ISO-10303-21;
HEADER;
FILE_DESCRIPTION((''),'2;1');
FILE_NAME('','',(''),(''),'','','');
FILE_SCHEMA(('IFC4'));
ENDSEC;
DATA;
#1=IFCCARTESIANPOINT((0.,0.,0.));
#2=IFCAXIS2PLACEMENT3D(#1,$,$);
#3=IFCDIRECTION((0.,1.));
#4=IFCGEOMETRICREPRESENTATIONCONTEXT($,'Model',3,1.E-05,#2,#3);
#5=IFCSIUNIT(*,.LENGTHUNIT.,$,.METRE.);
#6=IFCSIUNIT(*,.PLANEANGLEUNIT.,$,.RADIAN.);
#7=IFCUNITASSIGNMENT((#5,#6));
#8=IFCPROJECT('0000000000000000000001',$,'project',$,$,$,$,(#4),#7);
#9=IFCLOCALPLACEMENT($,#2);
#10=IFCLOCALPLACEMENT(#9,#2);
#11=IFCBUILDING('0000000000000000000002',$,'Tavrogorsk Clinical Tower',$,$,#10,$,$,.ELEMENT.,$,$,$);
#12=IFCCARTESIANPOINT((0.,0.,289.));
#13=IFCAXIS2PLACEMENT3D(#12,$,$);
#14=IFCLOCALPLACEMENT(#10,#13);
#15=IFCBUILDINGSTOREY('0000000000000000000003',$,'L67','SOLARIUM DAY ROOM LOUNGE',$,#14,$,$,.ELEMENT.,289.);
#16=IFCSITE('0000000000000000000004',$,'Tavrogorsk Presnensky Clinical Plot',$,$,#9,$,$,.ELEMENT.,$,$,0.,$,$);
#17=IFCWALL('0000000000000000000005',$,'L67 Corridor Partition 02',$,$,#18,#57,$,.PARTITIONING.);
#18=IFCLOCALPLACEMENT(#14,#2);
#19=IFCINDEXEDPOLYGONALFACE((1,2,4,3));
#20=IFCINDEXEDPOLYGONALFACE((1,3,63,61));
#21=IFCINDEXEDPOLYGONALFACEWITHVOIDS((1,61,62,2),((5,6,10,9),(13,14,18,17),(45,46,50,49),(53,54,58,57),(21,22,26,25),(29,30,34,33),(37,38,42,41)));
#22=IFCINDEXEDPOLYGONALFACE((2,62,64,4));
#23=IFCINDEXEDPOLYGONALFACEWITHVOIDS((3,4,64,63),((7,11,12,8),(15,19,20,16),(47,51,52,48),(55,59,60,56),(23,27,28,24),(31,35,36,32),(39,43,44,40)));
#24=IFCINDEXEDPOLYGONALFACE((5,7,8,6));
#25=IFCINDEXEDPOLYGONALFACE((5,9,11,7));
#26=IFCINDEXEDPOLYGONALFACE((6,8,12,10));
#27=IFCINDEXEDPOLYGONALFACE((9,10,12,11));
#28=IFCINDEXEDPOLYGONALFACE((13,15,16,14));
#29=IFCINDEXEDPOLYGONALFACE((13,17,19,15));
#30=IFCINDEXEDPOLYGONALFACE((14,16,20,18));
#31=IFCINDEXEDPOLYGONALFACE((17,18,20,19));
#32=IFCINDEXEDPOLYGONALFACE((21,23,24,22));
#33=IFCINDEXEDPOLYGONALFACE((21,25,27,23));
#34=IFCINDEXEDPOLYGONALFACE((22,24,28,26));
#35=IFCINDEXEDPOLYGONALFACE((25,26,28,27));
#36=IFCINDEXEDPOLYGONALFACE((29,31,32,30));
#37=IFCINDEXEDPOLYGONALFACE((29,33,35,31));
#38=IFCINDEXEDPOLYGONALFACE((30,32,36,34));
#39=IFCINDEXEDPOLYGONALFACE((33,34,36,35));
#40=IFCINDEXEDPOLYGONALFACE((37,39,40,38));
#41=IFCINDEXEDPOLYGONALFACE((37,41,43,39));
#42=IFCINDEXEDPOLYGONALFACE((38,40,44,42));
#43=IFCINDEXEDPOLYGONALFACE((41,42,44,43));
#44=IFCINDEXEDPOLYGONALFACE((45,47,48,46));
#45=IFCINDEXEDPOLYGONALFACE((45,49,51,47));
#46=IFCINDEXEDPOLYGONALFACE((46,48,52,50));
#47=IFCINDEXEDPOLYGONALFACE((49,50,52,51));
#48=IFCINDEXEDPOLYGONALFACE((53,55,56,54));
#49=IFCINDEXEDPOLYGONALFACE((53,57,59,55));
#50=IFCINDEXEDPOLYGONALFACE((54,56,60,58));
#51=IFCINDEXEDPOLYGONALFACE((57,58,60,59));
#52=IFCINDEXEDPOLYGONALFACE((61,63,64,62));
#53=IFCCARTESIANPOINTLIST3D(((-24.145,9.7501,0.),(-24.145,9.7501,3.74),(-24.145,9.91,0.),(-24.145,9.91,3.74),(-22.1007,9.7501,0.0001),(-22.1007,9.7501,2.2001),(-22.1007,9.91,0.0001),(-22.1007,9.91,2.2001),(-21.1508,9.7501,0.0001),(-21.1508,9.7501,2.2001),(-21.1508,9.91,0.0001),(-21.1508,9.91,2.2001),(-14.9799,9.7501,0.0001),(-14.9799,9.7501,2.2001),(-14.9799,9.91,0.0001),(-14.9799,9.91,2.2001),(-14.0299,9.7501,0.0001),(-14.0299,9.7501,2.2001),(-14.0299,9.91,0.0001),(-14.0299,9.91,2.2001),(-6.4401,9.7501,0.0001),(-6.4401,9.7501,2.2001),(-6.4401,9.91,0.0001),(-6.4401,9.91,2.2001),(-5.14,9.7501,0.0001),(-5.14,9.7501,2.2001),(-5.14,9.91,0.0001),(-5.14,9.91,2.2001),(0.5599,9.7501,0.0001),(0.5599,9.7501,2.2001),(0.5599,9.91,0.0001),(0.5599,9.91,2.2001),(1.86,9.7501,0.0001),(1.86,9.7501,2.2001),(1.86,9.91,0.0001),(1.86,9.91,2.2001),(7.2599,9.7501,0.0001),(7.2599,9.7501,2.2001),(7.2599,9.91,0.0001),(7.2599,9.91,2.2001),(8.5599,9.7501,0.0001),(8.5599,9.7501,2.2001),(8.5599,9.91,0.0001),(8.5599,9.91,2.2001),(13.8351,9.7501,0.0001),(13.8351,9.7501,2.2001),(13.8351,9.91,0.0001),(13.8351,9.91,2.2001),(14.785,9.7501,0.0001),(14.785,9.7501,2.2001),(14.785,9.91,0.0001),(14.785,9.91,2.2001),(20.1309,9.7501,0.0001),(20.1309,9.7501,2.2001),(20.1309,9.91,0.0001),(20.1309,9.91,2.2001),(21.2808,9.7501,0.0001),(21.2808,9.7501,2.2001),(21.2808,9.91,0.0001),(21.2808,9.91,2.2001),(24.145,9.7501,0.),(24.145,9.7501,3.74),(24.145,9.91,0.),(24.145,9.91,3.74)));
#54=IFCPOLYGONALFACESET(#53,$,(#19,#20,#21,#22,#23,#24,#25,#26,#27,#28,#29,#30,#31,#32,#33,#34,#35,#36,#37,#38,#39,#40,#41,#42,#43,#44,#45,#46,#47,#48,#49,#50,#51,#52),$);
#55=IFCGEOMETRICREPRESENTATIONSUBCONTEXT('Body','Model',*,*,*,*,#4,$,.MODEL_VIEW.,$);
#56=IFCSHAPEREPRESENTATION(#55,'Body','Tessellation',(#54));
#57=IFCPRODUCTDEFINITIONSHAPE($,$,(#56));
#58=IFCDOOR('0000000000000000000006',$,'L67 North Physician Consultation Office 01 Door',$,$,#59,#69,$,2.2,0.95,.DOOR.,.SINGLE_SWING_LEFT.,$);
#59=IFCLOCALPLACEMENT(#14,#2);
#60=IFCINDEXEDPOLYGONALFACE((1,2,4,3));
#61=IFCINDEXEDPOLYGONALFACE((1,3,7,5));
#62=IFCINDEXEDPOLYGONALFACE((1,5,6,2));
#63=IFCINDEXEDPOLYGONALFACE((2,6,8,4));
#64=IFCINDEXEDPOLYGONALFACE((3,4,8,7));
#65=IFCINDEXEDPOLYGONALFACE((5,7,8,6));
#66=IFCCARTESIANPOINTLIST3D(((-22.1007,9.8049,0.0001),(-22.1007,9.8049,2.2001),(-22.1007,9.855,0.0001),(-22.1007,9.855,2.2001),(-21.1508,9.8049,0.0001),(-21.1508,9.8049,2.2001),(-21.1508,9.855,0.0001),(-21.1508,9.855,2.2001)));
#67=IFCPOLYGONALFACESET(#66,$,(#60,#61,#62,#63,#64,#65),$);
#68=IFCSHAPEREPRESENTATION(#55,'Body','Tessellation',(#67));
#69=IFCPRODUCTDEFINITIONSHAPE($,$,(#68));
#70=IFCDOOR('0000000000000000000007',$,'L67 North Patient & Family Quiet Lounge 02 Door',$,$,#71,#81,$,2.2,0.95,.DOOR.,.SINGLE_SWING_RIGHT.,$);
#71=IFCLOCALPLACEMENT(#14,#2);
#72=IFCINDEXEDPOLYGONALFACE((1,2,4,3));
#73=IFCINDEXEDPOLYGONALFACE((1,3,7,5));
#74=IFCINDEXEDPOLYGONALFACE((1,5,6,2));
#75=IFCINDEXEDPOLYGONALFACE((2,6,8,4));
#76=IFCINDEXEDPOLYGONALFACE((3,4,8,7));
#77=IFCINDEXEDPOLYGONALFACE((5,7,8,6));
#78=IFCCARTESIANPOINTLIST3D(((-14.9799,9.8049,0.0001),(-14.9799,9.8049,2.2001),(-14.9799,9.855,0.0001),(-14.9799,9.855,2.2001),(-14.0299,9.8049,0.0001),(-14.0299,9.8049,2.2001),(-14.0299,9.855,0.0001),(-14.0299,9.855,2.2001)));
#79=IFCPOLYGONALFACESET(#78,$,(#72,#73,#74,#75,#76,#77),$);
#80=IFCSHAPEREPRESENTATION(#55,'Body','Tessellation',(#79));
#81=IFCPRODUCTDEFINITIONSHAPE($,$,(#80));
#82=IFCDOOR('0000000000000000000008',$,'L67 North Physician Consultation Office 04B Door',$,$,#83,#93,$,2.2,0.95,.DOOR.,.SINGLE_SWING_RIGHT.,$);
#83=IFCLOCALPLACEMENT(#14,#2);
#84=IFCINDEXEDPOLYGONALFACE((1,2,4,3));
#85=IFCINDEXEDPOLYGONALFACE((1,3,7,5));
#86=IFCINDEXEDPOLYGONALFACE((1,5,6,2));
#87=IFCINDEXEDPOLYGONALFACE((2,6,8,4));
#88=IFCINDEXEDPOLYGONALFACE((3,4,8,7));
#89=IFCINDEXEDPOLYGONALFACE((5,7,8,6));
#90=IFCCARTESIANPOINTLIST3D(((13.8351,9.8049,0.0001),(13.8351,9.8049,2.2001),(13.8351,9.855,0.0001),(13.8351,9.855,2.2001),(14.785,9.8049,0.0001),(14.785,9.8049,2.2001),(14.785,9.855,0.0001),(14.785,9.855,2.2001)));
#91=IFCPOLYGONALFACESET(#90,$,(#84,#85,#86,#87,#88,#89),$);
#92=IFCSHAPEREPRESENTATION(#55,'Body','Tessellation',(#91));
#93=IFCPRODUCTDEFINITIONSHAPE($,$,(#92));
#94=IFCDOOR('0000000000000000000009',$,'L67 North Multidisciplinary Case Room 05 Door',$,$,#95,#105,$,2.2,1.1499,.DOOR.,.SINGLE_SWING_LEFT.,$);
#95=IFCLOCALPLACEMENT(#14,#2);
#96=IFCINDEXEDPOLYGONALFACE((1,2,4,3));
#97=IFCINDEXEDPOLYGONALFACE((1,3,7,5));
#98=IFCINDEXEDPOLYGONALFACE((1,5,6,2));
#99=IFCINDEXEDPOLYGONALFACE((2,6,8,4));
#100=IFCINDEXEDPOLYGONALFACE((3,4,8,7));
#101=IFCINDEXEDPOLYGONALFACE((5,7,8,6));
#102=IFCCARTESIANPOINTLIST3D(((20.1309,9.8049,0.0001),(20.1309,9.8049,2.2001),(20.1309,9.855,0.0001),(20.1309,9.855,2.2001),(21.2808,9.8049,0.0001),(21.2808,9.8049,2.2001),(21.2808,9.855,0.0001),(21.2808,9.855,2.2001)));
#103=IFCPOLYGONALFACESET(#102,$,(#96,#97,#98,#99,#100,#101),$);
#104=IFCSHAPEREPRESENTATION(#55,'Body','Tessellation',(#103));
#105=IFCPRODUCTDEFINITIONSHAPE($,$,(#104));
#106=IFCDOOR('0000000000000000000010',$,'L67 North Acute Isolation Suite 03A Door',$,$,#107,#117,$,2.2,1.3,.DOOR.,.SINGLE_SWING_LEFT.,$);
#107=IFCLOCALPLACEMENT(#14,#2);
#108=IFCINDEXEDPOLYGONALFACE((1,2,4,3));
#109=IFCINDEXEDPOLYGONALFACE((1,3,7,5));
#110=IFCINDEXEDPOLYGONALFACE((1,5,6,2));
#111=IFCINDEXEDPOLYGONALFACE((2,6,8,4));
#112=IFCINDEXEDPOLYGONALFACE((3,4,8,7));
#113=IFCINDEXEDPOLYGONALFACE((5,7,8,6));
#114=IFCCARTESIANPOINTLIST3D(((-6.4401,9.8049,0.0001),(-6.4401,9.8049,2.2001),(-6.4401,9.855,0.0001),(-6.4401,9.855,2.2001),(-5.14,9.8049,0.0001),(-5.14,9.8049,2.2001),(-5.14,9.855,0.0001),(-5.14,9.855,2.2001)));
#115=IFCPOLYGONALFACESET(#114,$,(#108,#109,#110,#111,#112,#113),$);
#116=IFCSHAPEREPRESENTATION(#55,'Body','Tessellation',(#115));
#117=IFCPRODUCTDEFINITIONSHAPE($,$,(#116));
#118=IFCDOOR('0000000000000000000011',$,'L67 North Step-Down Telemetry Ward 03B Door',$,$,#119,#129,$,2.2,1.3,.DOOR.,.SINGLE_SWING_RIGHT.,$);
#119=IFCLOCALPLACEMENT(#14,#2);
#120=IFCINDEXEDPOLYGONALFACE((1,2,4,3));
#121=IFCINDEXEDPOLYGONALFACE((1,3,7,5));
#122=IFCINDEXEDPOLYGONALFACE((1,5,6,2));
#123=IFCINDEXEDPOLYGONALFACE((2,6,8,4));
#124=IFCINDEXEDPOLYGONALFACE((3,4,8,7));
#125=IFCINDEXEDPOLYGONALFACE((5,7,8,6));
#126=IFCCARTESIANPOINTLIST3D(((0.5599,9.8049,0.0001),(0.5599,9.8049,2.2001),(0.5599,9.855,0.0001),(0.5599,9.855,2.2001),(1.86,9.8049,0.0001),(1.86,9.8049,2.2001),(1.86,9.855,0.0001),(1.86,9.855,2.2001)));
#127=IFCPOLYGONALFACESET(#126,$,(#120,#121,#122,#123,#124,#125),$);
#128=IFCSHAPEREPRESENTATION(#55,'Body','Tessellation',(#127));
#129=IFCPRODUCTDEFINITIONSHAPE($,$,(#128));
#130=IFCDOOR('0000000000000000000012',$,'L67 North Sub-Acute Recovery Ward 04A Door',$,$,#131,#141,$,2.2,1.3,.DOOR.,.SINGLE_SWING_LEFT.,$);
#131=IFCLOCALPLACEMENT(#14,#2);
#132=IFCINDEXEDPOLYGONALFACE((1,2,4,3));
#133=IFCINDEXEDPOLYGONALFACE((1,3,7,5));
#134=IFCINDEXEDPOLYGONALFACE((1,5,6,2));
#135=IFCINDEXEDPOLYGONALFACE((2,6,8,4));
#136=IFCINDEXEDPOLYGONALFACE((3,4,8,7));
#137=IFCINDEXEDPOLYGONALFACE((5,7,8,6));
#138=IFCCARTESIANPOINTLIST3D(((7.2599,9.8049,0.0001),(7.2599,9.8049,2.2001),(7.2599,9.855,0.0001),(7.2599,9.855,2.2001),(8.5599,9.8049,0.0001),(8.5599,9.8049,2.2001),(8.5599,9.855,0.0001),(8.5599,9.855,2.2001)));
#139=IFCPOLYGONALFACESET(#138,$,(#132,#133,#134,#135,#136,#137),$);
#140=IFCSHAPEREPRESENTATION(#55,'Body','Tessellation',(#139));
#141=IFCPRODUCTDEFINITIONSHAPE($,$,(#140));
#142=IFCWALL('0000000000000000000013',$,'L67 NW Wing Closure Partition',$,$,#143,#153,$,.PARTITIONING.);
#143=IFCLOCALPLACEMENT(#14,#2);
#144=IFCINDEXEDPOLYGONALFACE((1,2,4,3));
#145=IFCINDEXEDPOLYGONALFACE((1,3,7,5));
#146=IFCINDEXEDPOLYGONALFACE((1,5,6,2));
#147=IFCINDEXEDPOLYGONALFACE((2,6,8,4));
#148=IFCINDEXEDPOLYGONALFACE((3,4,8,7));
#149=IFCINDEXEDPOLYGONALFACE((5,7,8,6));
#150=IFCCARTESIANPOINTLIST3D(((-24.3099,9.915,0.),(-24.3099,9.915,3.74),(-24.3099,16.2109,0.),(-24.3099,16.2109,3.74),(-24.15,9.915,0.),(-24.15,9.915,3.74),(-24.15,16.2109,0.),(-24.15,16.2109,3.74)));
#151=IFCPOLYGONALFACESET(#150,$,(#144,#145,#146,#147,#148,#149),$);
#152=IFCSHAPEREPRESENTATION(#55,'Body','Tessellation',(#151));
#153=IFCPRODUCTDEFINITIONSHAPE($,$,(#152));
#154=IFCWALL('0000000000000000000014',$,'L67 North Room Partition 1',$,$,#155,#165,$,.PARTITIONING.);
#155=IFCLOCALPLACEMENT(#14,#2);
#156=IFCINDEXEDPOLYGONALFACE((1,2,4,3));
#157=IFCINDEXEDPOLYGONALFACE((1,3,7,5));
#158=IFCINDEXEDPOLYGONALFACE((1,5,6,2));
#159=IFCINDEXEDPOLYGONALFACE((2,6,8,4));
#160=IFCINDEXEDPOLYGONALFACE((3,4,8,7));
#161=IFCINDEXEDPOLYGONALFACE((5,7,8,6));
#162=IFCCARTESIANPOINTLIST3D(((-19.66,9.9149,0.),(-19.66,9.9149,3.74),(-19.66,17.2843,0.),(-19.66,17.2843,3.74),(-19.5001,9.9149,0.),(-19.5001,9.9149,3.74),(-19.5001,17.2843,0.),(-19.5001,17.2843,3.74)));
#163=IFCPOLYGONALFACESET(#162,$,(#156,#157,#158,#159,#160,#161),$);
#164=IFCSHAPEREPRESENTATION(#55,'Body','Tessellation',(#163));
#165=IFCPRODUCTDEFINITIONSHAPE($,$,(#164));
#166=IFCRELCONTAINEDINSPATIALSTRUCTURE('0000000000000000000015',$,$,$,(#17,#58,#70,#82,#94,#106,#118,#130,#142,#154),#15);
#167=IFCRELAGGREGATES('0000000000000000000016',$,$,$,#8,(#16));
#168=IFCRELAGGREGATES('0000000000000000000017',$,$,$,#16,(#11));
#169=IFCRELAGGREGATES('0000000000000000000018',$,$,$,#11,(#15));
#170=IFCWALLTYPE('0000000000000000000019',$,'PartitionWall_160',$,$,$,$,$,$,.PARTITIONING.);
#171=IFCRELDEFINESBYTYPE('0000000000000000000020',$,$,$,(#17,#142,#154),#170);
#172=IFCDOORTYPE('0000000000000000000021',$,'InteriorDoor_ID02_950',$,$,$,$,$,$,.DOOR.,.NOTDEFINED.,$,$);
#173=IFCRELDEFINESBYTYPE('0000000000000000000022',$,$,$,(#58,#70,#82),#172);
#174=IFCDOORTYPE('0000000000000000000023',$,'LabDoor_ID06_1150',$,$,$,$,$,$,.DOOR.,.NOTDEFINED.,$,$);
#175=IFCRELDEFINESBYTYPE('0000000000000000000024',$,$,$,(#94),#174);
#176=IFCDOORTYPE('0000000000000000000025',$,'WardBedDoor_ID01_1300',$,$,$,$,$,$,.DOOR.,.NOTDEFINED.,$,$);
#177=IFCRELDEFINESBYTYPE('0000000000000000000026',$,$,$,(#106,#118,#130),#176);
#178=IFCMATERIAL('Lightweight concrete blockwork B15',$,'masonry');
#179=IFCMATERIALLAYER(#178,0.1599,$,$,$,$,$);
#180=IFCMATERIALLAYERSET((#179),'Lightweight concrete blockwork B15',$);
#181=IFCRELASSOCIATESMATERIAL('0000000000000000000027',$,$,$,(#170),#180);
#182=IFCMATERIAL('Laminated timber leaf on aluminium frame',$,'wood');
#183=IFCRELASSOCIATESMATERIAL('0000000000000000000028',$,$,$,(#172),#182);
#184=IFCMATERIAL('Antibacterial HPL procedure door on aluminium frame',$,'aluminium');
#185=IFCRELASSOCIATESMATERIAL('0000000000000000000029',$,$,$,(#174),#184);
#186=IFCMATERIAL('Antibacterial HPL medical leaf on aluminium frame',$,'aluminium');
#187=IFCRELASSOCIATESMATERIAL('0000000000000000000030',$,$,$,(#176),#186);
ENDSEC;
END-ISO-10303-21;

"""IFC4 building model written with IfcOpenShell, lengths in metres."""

from ifc_helpers import new_model, si_unit, direction, frame, frame_2d, origin, place, context, subcontext, project, spatial, rectangle, extrude, material, layer, layer_set, type_object, element, fill, save


model = new_model("IFC4")

# Units and contexts
model_context = context("Model", 3, precision=1e-05, world=origin(), true_north=direction((0.0, 1.0)))
body_context = subcontext(model_context, "Body", "Model", "MODEL_VIEW")
ifc_project = project(units=[si_unit("LENGTHUNIT", "METRE"), si_unit("PLANEANGLEUNIT", "RADIAN")], contexts=[model_context])

# Site, building, storey
site_placement = place(None, origin())
site = spatial("IfcSite", under=ifc_project, at=site_placement, Name="Tavrogorsk Presnensky Clinical Plot", CompositionType="ELEMENT", RefElevation=0.0)
building_placement = place(site_placement, origin())
building = spatial("IfcBuilding", under=site, at=building_placement, Name="Tavrogorsk Clinical Tower", CompositionType="ELEMENT")
storey_placement = place(building_placement, frame((0.0, 0.0, 289.0)))
storey = spatial("IfcBuildingStorey", under=building, at=storey_placement, Name="L67", Description="SOLARIUM DAY ROOM LOUNGE", CompositionType="ELEMENT", Elevation=289.0)

# Wall, openings, doors
ifc_material_1 = material(Name="Lightweight concrete blockwork B15", Category="masonry")
ifc_layer = layer(ifc_material_1, 0.1599)
ifc_layer_set = layer_set([ifc_layer], Name="Lightweight concrete blockwork B15")
wall_type = type_object("IfcWallType", Name="PartitionWall_160", PredefinedType="PARTITIONING", material=ifc_layer_set)
wall_1_placement = place(storey_placement, frame((-24.145, 9.8301, 0.0), z_axis=(0.0, 0.0, 1.0), x_axis=(1.0, 0.0, 0.0)))
wall_1 = element("IfcWall", 1, at=wall_1_placement, inside=storey, type_object=wall_type, Name="L67 Corridor Partition 02", PredefinedType="PARTITIONING", context=body_context, shape_type="SweptSolid", body=[
    extrude(rectangle(XDim=48.29, YDim=0.1599, at=frame_2d((24.145, 0.0))), origin(), (0.0, 0.0, 1.0), 3.74),
])
opening_1_placement = place(wall_1_placement, frame((2.0442, 0.0, 0.0)))
opening_1 = element("IfcOpeningElement", 2, at=opening_1_placement, cuts=wall_1, PredefinedType="OPENING", context=body_context, shape_type="SweptSolid", body=[
    extrude(rectangle(XDim=0.95, YDim=2.2, at=frame_2d((0.4751, 1.1001))), frame((0.0, 0.0898, 0.0), z_axis=(0.0, -1.0, 0.0), x_axis=(1.0, 0.0, 0.0)), (0.0, 0.0, 1.0), 0.1799),
])
opening_2_placement = place(wall_1_placement, frame((9.165, 0.0, 0.0)))
opening_2 = element("IfcOpeningElement", 3, at=opening_2_placement, cuts=wall_1, PredefinedType="OPENING", context=body_context, shape_type="SweptSolid", body=[
    extrude(rectangle(XDim=0.95, YDim=2.2, at=frame_2d((0.4751, 1.1001))), frame((0.0, 0.0898, 0.0), z_axis=(0.0, -1.0, 0.0), x_axis=(1.0, 0.0, 0.0)), (0.0, 0.0, 1.0), 0.1799),
])
opening_3_placement = place(wall_1_placement, frame((17.7051, 0.0, 0.0)))
opening_3 = element("IfcOpeningElement", 4, at=opening_3_placement, cuts=wall_1, PredefinedType="OPENING", context=body_context, shape_type="SweptSolid", body=[
    extrude(rectangle(XDim=1.3, YDim=2.2, at=frame_2d((0.6499, 1.1001))), frame((0.0, 0.0898, 0.0), z_axis=(0.0, -1.0, 0.0), x_axis=(1.0, 0.0, 0.0)), (0.0, 0.0, 1.0), 0.1799),
])
opening_4_placement = place(wall_1_placement, frame((24.7051, 0.0, 0.0)))
opening_4 = element("IfcOpeningElement", 5, at=opening_4_placement, cuts=wall_1, PredefinedType="OPENING", context=body_context, shape_type="SweptSolid", body=[
    extrude(rectangle(XDim=1.3, YDim=2.2, at=frame_2d((0.6499, 1.1001))), frame((0.0, 0.0898, 0.0), z_axis=(0.0, -1.0, 0.0), x_axis=(1.0, 0.0, 0.0)), (0.0, 0.0, 1.0), 0.1799),
])
opening_5_placement = place(wall_1_placement, frame((31.405, 0.0, 0.0)))
opening_5 = element("IfcOpeningElement", 6, at=opening_5_placement, cuts=wall_1, PredefinedType="OPENING", context=body_context, shape_type="SweptSolid", body=[
    extrude(rectangle(XDim=1.3, YDim=2.2, at=frame_2d((0.6499, 1.1001))), frame((0.0, 0.0898, 0.0), z_axis=(0.0, -1.0, 0.0), x_axis=(1.0, 0.0, 0.0)), (0.0, 0.0, 1.0), 0.1799),
])
opening_6_placement = place(wall_1_placement, frame((37.98, 0.0, 0.0)))
opening_6 = element("IfcOpeningElement", 7, at=opening_6_placement, cuts=wall_1, PredefinedType="OPENING", context=body_context, shape_type="SweptSolid", body=[
    extrude(rectangle(XDim=0.95, YDim=2.2, at=frame_2d((0.4751, 1.1001))), frame((0.0, 0.0898, 0.0), z_axis=(0.0, -1.0, 0.0), x_axis=(1.0, 0.0, 0.0)), (0.0, 0.0, 1.0), 0.1799),
])
opening_7_placement = place(wall_1_placement, frame((44.2759, 0.0, 0.0)))
opening_7 = element("IfcOpeningElement", 8, at=opening_7_placement, cuts=wall_1, PredefinedType="OPENING", context=body_context, shape_type="SweptSolid", body=[
    extrude(rectangle(XDim=1.1499, YDim=2.2, at=frame_2d((0.575, 1.1001))), frame((0.0, 0.0898, 0.0), z_axis=(0.0, -1.0, 0.0), x_axis=(1.0, 0.0, 0.0)), (0.0, 0.0, 1.0), 0.1799),
])
ifc_material_2 = material(Name="Laminated timber leaf on aluminium frame", Category="wood")
door_type_1 = type_object("IfcDoorType", Name="InteriorDoor_ID02_950", OperationType="NOTDEFINED", PredefinedType="DOOR", material=ifc_material_2)
door_1_placement = place(opening_1_placement, origin())
door_1 = element("IfcDoor", 9, at=door_1_placement, inside=storey, type_object=door_type_1, Name="L67 North Physician Consultation Office 01 Door", OperationType="SINGLE_SWING_LEFT", OverallHeight=2.2, OverallWidth=0.95, PredefinedType="DOOR", context=body_context, shape_type="SweptSolid", body=[
    extrude(rectangle(XDim=0.95, YDim=2.2, at=frame_2d((0.4751, 1.1001))), frame((0.0, 0.0249, 0.0), z_axis=(0.0, -1.0, 0.0), x_axis=(1.0, 0.0, 0.0)), (0.0, 0.0, 1.0), 0.05),
])
fill(opening_1, door_1)
door_2_placement = place(opening_2_placement, origin())
door_2 = element("IfcDoor", 10, at=door_2_placement, inside=storey, type_object=door_type_1, Name="L67 North Patient & Family Quiet Lounge 02 Door", OperationType="SINGLE_SWING_RIGHT", OverallHeight=2.2, OverallWidth=0.95, PredefinedType="DOOR", context=body_context, shape_type="SweptSolid", body=[
    extrude(rectangle(XDim=0.95, YDim=2.2, at=frame_2d((0.4751, 1.1001))), frame((0.0, 0.0249, 0.0), z_axis=(0.0, -1.0, 0.0), x_axis=(1.0, 0.0, 0.0)), (0.0, 0.0, 1.0), 0.05),
])
fill(opening_2, door_2)
door_3_placement = place(opening_6_placement, origin())
door_3 = element("IfcDoor", 11, at=door_3_placement, inside=storey, type_object=door_type_1, Name="L67 North Physician Consultation Office 04B Door", OperationType="SINGLE_SWING_RIGHT", OverallHeight=2.2, OverallWidth=0.95, PredefinedType="DOOR", context=body_context, shape_type="SweptSolid", body=[
    extrude(rectangle(XDim=0.95, YDim=2.2, at=frame_2d((0.4751, 1.1001))), frame((0.0, 0.0249, 0.0), z_axis=(0.0, -1.0, 0.0), x_axis=(1.0, 0.0, 0.0)), (0.0, 0.0, 1.0), 0.05),
])
fill(opening_6, door_3)
ifc_material_3 = material(Name="Antibacterial HPL procedure door on aluminium frame", Category="aluminium")
door_type_2 = type_object("IfcDoorType", Name="LabDoor_ID06_1150", OperationType="NOTDEFINED", PredefinedType="DOOR", material=ifc_material_3)
door_4_placement = place(opening_7_placement, origin())
door_4 = element("IfcDoor", 12, at=door_4_placement, inside=storey, type_object=door_type_2, Name="L67 North Multidisciplinary Case Room 05 Door", OperationType="SINGLE_SWING_LEFT", OverallHeight=2.2, OverallWidth=1.1499, PredefinedType="DOOR", context=body_context, shape_type="SweptSolid", body=[
    extrude(rectangle(XDim=1.1499, YDim=2.2, at=frame_2d((0.575, 1.1001))), frame((0.0, 0.0249, 0.0), z_axis=(0.0, -1.0, 0.0), x_axis=(1.0, 0.0, 0.0)), (0.0, 0.0, 1.0), 0.05),
])
fill(opening_7, door_4)
ifc_material_4 = material(Name="Antibacterial HPL medical leaf on aluminium frame", Category="aluminium")
door_type_3 = type_object("IfcDoorType", Name="WardBedDoor_ID01_1300", OperationType="NOTDEFINED", PredefinedType="DOOR", material=ifc_material_4)
door_5_placement = place(opening_3_placement, origin())
door_5 = element("IfcDoor", 13, at=door_5_placement, inside=storey, type_object=door_type_3, Name="L67 North Acute Isolation Suite 03A Door", OperationType="SINGLE_SWING_LEFT", OverallHeight=2.2, OverallWidth=1.3, PredefinedType="DOOR", context=body_context, shape_type="SweptSolid", body=[
    extrude(rectangle(XDim=1.3, YDim=2.2, at=frame_2d((0.6499, 1.1001))), frame((0.0, 0.0249, 0.0), z_axis=(0.0, -1.0, 0.0), x_axis=(1.0, 0.0, 0.0)), (0.0, 0.0, 1.0), 0.05),
])
fill(opening_3, door_5)
door_6_placement = place(opening_4_placement, origin())
door_6 = element("IfcDoor", 14, at=door_6_placement, inside=storey, type_object=door_type_3, Name="L67 North Step-Down Telemetry Ward 03B Door", OperationType="SINGLE_SWING_RIGHT", OverallHeight=2.2, OverallWidth=1.3, PredefinedType="DOOR", context=body_context, shape_type="SweptSolid", body=[
    extrude(rectangle(XDim=1.3, YDim=2.2, at=frame_2d((0.6499, 1.1001))), frame((0.0, 0.0249, 0.0), z_axis=(0.0, -1.0, 0.0), x_axis=(1.0, 0.0, 0.0)), (0.0, 0.0, 1.0), 0.05),
])
fill(opening_4, door_6)
door_7_placement = place(opening_5_placement, origin())
door_7 = element("IfcDoor", 15, at=door_7_placement, inside=storey, type_object=door_type_3, Name="L67 North Sub-Acute Recovery Ward 04A Door", OperationType="SINGLE_SWING_LEFT", OverallHeight=2.2, OverallWidth=1.3, PredefinedType="DOOR", context=body_context, shape_type="SweptSolid", body=[
    extrude(rectangle(XDim=1.3, YDim=2.2, at=frame_2d((0.6499, 1.1001))), frame((0.0, 0.0249, 0.0), z_axis=(0.0, -1.0, 0.0), x_axis=(1.0, 0.0, 0.0)), (0.0, 0.0, 1.0), 0.05),
])
fill(opening_5, door_7)

# Walls
wall_2_placement = place(storey_placement, frame((-24.23, 9.915, 0.0), z_axis=(0.0, 0.0, 1.0), x_axis=(0.0, 1.0, 0.0)))
element("IfcWall", 16, at=wall_2_placement, inside=storey, type_object=wall_type, Name="L67 NW Wing Closure Partition", PredefinedType="PARTITIONING", context=body_context, shape_type="SweptSolid", body=[
    extrude(rectangle(XDim=6.2959, YDim=0.1599, at=frame_2d((3.1479, 0.0))), origin(), (0.0, 0.0, 1.0), 3.74),
])
wall_3_placement = place(storey_placement, frame((-19.5801, 9.915, 0.0), z_axis=(0.0, 0.0, 1.0), x_axis=(0.0, 1.0, 0.0)))
element("IfcWall", 17, at=wall_3_placement, inside=storey, type_object=wall_type, Name="L67 North Room Partition 1", PredefinedType="PARTITIONING", context=body_context, shape_type="SweptSolid", body=[
    extrude(rectangle(XDim=7.3694, YDim=0.1599, at=frame_2d((3.6846, 0.0))), origin(), (0.0, 0.0, 1.0), 3.74),
])

save(model, "model.ifc")
